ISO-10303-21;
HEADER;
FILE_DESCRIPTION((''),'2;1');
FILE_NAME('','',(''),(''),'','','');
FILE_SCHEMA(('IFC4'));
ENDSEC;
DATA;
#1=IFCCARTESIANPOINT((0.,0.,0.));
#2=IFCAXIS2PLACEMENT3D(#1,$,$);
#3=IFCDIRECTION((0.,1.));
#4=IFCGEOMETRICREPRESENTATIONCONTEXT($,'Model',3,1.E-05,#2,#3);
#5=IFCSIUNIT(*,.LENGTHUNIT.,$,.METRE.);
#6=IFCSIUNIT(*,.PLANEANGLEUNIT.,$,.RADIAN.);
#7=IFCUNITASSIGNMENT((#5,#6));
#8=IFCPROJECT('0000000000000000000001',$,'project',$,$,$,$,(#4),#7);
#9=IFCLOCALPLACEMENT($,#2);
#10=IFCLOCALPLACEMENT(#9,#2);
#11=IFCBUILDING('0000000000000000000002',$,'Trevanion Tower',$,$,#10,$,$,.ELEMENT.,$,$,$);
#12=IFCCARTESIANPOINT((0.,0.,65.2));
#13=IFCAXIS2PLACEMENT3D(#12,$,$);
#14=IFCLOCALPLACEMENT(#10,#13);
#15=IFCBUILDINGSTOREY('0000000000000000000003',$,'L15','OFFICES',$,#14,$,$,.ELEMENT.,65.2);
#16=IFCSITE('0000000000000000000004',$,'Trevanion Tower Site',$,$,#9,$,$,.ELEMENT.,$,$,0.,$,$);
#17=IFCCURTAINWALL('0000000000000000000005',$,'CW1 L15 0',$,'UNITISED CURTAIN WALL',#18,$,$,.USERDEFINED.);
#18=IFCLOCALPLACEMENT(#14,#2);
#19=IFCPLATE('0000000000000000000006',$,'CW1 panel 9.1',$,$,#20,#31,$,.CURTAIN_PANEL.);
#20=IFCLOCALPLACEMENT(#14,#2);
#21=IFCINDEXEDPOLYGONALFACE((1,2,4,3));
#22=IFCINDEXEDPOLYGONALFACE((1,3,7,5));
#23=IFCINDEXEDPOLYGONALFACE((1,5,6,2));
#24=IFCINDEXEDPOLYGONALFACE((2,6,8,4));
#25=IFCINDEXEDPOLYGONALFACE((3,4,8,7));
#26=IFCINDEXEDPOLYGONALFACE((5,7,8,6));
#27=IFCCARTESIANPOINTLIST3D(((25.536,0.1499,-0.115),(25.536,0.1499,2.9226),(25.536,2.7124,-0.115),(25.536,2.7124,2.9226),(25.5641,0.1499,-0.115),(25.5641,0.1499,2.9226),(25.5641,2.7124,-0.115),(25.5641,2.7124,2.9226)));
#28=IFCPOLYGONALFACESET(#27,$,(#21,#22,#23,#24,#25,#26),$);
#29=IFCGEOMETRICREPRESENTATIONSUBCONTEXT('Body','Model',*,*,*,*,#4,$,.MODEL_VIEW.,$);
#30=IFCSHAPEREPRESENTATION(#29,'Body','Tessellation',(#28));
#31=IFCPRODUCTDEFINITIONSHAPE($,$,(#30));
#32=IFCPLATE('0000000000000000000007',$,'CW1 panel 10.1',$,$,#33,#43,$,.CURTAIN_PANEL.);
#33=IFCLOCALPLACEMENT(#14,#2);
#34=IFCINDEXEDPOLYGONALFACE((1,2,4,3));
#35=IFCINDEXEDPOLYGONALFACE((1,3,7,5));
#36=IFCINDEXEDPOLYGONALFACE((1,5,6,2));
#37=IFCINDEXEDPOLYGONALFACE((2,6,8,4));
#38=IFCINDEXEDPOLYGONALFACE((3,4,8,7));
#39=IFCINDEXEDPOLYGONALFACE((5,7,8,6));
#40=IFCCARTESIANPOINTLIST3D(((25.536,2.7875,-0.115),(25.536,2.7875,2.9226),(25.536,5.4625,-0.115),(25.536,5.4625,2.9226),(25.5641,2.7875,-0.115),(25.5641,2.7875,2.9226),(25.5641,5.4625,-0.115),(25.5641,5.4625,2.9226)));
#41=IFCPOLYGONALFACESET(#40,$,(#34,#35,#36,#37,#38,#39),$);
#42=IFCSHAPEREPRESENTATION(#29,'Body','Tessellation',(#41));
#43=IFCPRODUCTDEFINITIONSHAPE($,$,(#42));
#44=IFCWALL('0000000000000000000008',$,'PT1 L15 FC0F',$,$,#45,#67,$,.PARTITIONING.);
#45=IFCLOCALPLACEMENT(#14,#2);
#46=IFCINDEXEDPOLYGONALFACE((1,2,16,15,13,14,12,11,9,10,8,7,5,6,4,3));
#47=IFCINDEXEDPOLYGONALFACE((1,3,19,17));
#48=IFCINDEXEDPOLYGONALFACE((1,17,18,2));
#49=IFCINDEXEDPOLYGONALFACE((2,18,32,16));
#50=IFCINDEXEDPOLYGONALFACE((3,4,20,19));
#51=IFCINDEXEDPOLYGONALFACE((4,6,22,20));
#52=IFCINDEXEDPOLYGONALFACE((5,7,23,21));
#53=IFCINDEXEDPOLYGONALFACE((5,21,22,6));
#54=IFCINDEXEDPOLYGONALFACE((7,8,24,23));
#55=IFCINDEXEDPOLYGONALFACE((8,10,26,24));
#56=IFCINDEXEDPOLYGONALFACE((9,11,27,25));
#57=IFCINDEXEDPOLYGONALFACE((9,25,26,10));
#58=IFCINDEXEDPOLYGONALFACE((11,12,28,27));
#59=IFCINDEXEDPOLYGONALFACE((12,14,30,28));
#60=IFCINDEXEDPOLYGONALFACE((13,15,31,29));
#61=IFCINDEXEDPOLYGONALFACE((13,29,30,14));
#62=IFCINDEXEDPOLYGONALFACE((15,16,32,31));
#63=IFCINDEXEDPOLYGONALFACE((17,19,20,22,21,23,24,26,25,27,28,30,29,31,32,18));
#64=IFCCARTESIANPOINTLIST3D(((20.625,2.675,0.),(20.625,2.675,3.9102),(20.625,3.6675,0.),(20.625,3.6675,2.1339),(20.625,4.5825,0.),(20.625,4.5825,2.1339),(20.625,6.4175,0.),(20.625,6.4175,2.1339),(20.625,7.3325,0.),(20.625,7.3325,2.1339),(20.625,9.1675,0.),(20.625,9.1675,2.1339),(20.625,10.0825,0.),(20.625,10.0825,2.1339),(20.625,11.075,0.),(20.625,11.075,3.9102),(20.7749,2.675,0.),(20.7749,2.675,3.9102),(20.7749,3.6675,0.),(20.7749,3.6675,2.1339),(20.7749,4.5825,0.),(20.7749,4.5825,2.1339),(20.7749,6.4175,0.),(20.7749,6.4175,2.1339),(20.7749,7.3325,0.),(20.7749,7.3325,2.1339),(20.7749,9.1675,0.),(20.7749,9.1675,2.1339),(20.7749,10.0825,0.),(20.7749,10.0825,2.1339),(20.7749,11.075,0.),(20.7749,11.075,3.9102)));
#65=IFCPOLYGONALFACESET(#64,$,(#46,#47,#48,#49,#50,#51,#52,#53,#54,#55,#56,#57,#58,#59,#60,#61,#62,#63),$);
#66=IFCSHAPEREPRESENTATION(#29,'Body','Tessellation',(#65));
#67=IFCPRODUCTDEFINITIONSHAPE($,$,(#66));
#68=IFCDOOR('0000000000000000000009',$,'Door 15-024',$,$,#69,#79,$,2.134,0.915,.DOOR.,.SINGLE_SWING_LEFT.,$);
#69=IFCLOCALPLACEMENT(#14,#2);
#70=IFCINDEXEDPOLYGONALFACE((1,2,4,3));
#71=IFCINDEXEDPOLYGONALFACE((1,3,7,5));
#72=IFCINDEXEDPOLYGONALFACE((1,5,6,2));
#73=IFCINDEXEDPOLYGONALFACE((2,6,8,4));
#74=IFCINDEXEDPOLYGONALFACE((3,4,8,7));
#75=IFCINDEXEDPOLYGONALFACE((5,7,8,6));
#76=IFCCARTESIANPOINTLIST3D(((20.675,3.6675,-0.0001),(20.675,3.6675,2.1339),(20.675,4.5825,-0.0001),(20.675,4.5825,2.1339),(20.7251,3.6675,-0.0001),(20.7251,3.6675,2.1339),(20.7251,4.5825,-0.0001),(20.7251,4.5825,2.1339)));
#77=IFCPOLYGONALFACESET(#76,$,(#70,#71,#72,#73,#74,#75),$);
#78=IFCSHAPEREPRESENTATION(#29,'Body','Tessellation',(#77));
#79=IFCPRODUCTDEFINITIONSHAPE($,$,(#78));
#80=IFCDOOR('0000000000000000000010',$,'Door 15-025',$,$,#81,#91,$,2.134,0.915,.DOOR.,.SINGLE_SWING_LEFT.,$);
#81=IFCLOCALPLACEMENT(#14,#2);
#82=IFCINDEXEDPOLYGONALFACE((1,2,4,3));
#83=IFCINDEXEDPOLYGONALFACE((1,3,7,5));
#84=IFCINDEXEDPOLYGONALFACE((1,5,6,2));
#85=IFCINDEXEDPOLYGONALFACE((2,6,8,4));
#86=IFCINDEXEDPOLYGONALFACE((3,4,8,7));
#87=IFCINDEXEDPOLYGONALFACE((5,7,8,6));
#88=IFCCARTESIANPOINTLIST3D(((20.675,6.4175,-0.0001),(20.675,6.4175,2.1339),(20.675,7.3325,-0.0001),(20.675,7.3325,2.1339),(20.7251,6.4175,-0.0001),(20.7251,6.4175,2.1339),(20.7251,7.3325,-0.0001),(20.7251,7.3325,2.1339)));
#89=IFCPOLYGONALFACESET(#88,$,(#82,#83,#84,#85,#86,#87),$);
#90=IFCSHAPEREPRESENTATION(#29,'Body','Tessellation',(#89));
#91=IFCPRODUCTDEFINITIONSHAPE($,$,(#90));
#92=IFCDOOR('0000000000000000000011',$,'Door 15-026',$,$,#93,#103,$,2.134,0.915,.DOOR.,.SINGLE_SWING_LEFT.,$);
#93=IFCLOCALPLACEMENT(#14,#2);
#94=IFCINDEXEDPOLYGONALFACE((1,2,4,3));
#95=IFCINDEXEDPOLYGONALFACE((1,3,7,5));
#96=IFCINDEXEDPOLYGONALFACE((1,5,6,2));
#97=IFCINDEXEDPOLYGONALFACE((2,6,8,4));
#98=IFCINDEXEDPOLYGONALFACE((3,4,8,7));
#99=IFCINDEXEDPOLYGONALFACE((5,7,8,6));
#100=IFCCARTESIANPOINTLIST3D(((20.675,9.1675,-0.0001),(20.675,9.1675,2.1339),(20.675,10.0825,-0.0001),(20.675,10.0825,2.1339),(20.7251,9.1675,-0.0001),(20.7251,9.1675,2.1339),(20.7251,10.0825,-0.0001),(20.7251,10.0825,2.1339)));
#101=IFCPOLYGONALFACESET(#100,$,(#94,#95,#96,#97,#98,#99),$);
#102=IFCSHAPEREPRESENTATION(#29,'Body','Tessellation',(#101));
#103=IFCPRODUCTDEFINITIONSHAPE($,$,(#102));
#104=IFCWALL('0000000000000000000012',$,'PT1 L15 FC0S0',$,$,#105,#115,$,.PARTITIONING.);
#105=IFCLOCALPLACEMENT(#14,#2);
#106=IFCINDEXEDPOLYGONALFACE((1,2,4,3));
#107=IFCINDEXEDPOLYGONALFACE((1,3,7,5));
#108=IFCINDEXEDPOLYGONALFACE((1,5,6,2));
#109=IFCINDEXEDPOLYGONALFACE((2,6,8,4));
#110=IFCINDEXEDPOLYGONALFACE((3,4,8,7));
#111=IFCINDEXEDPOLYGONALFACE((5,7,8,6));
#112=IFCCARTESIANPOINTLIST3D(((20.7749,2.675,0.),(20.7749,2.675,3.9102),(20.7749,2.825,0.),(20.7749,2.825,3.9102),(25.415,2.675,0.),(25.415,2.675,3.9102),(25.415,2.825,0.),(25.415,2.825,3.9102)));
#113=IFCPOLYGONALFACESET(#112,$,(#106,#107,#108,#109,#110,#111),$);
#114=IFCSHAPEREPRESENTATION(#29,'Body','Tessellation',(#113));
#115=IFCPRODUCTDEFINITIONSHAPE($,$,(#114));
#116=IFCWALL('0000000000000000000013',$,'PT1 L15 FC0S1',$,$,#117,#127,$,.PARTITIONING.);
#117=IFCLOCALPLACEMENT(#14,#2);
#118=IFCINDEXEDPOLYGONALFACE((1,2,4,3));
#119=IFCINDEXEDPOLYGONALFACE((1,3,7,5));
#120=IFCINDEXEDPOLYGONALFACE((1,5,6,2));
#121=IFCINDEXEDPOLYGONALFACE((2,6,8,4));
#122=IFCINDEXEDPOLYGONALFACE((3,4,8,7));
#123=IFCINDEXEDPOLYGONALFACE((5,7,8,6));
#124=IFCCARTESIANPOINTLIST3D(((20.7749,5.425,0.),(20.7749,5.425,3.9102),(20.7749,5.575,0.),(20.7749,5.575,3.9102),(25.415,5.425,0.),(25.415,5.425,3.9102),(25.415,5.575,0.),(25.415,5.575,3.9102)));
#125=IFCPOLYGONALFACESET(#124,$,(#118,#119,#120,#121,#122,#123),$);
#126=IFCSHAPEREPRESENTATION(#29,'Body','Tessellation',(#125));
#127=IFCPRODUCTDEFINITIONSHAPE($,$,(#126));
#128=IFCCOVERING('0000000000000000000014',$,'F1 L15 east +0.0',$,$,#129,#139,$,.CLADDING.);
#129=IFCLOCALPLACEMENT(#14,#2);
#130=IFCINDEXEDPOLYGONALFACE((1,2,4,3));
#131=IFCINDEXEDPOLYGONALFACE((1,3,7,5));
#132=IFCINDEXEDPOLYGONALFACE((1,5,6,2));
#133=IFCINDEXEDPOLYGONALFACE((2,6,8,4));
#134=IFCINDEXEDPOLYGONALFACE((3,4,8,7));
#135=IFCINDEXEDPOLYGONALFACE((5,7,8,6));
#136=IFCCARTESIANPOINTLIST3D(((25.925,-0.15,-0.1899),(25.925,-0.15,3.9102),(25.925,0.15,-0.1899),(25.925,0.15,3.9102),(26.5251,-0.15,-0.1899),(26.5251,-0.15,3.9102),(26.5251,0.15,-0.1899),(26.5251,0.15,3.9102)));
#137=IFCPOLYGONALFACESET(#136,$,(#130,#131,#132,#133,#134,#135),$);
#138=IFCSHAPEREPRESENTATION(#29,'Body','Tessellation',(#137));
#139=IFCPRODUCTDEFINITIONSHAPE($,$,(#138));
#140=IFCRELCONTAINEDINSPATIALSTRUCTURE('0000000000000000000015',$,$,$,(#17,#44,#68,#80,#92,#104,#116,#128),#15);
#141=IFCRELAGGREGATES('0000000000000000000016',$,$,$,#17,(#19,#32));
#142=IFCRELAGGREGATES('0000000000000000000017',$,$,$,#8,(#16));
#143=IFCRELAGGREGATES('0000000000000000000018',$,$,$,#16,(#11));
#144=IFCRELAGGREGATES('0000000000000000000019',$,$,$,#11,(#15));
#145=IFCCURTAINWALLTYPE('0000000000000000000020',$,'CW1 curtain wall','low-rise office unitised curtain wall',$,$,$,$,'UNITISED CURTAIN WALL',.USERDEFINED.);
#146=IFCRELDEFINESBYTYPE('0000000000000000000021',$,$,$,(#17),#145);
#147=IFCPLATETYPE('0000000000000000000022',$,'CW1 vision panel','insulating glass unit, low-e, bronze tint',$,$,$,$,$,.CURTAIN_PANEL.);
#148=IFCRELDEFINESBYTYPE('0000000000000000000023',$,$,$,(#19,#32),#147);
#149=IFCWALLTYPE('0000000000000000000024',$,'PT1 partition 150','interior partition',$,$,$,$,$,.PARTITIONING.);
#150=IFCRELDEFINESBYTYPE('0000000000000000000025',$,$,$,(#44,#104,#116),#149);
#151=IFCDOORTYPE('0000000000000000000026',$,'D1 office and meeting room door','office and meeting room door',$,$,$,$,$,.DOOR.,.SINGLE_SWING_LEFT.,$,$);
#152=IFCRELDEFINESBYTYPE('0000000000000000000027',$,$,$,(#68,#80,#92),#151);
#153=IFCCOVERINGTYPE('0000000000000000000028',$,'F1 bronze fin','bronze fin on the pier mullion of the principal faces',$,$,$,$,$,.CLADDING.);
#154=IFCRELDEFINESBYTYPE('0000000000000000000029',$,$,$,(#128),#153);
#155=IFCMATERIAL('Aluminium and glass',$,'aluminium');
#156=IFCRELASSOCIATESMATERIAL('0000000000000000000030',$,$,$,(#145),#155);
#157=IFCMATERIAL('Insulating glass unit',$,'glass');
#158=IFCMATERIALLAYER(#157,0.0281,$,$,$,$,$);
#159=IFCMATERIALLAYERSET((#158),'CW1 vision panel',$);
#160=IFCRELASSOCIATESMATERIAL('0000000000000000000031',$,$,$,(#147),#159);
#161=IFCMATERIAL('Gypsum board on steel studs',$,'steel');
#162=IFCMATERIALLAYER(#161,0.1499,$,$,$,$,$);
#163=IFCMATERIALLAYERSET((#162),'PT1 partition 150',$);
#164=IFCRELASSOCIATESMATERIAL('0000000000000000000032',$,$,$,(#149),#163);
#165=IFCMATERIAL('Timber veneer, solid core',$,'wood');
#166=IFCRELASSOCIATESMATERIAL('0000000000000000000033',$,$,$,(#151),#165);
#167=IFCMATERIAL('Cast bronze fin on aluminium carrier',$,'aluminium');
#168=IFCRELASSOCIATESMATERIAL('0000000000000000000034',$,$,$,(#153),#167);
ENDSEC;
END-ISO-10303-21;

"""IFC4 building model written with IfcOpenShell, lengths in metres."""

from ifc_helpers import new_model, si_unit, direction, frame, frame_2d, origin, origin_2d, place, context, subcontext, project, spatial, rectangle, extrude, material, layer, layer_set, type_object, element, fill, aggregate, save


model = new_model("IFC4")

# Units and contexts
model_context = context("Model", 3, precision=1e-05, world=origin(), true_north=direction((0.0, 1.0)))
body_context = subcontext(model_context, "Body", "Model", "MODEL_VIEW")
ifc_project = project(units=[si_unit("LENGTHUNIT", "METRE"), si_unit("PLANEANGLEUNIT", "RADIAN")], contexts=[model_context])

# Site, building, storey
site_placement = place(None, origin())
site = spatial("IfcSite", under=ifc_project, at=site_placement, Name="Trevanion Tower Site", CompositionType="ELEMENT", RefElevation=0.0)
building_placement = place(site_placement, origin())
building = spatial("IfcBuilding", under=site, at=building_placement, Name="Trevanion Tower", CompositionType="ELEMENT")
storey_placement = place(building_placement, frame((0.0, 0.0, 65.2)))
storey = spatial("IfcBuildingStorey", under=building, at=storey_placement, Name="L15", Description="OFFICES", CompositionType="ELEMENT", Elevation=65.2)

# Curtain wall
ifc_material_1 = material(Name="Aluminium and glass", Category="aluminium")
curtain_wall_type = type_object("IfcCurtainWallType", Name="CW1 curtain wall", Description="low-rise office unitised curtain wall", ElementType="UNITISED CURTAIN WALL", PredefinedType="USERDEFINED", material=ifc_material_1)
curtain_wall_placement = place(storey_placement, origin())
curtain_wall = element("IfcCurtainWall", 1, at=curtain_wall_placement, inside=storey, type_object=curtain_wall_type, Name="CW1 L15 0", ObjectType="UNITISED CURTAIN WALL", PredefinedType="USERDEFINED")

# Plates
ifc_material_2 = material(Name="Insulating glass unit", Category="glass")
ifc_layer_1 = layer(ifc_material_2, 0.0281)
ifc_layer_set_1 = layer_set([ifc_layer_1], Name="CW1 vision panel")
plate_type_1 = type_object("IfcPlateType", Name="CW1 vision panel", Description="insulating glass unit, low-e, bronze tint", PredefinedType="CURTAIN_PANEL", material=ifc_layer_set_1)
plate_1_placement = place(storey_placement, frame((25.55, 1.4312, -0.115), z_axis=(0.0, 0.0, 1.0), x_axis=(0.0, 1.0, 0.0)))
plate_1 = element("IfcPlate", 2, at=plate_1_placement, type_object=plate_type_1, Name="CW1 panel 9.1", PredefinedType="CURTAIN_PANEL", context=body_context, shape_type="SweptSolid", body=[
    extrude(rectangle(XDim=2.5625, YDim=0.0281, at=origin_2d()), origin(), (0.0, 0.0, 1.0), 3.0376),
])
plate_2_placement = place(storey_placement, frame((25.55, 4.125, -0.115), z_axis=(0.0, 0.0, 1.0), x_axis=(0.0, 1.0, 0.0)))
plate_2 = element("IfcPlate", 3, at=plate_2_placement, type_object=plate_type_1, Name="CW1 panel 10.1", PredefinedType="CURTAIN_PANEL", context=body_context, shape_type="SweptSolid", body=[
    extrude(rectangle(XDim=2.675, YDim=0.0281, at=origin_2d()), origin(), (0.0, 0.0, 1.0), 3.0376),
])
aggregate(curtain_wall, [plate_1, plate_2])

# Wall, openings, doors
ifc_material_3 = material(Name="Gypsum board on steel studs", Category="steel")
ifc_layer_2 = layer(ifc_material_3, 0.1499)
ifc_layer_set_2 = layer_set([ifc_layer_2], Name="PT1 partition 150")
wall_type = type_object("IfcWallType", Name="PT1 partition 150", Description="interior partition", PredefinedType="PARTITIONING", material=ifc_layer_set_2)
wall_placement = place(storey_placement, frame((20.7, 2.675, 0.0), z_axis=(0.0, 0.0, 1.0), x_axis=(0.0, 1.0, 0.0)))
wall = element("IfcWall", 4, at=wall_placement, inside=storey, type_object=wall_type, Name="PT1 L15 FC0F", PredefinedType="PARTITIONING", context=body_context, shape_type="SweptSolid", body=[
    extrude(rectangle(XDim=8.3999, YDim=0.1499, at=frame_2d((4.2, 0.0))), origin(), (0.0, 0.0, 1.0), 3.9102),
])
opening_1_placement = place(wall_placement, frame((0.9924, 0.0, 0.0)))
opening_1 = element("IfcOpeningElement", 5, at=opening_1_placement, cuts=wall, PredefinedType="OPENING", context=body_context, shape_type="SweptSolid", body=[
    extrude(rectangle(XDim=0.915, YDim=2.134, at=frame_2d((0.4575, 1.0669))), frame((0.0, 0.085, 0.0), z_axis=(0.0, -1.0, 0.0), x_axis=(1.0, 0.0, 0.0)), (0.0, 0.0, 1.0), 0.1699),
])
opening_2_placement = place(wall_placement, frame((3.7424, 0.0, 0.0)))
opening_2 = element("IfcOpeningElement", 6, at=opening_2_placement, cuts=wall, PredefinedType="OPENING", context=body_context, shape_type="SweptSolid", body=[
    extrude(rectangle(XDim=0.915, YDim=2.134, at=frame_2d((0.4575, 1.0669))), frame((0.0, 0.085, 0.0), z_axis=(0.0, -1.0, 0.0), x_axis=(1.0, 0.0, 0.0)), (0.0, 0.0, 1.0), 0.1699),
])
opening_3_placement = place(wall_placement, frame((6.4924, 0.0, 0.0)))
opening_3 = element("IfcOpeningElement", 7, at=opening_3_placement, cuts=wall, PredefinedType="OPENING", context=body_context, shape_type="SweptSolid", body=[
    extrude(rectangle(XDim=0.915, YDim=2.134, at=frame_2d((0.4575, 1.0669))), frame((0.0, 0.085, 0.0), z_axis=(0.0, -1.0, 0.0), x_axis=(1.0, 0.0, 0.0)), (0.0, 0.0, 1.0), 0.1699),
])
ifc_material_4 = material(Name="Timber veneer, solid core", Category="wood")
door_type = type_object("IfcDoorType", Name="D1 office and meeting room door", Description="office and meeting room door", OperationType="SINGLE_SWING_LEFT", PredefinedType="DOOR", material=ifc_material_4)
door_1_placement = place(opening_1_placement, origin())
door_1 = element("IfcDoor", 8, at=door_1_placement, inside=storey, type_object=door_type, Name="Door 15-024", OperationType="SINGLE_SWING_LEFT", OverallHeight=2.134, OverallWidth=0.915, PredefinedType="DOOR", context=body_context, shape_type="SweptSolid", body=[
    extrude(rectangle(XDim=0.915, YDim=2.134, at=frame_2d((0.4575, 1.0669))), frame((0.0, 0.0249, 0.0), z_axis=(0.0, -1.0, 0.0), x_axis=(1.0, 0.0, 0.0)), (0.0, 0.0, 1.0), 0.05),
])
fill(opening_1, door_1)
door_2_placement = place(opening_2_placement, origin())
door_2 = element("IfcDoor", 9, at=door_2_placement, inside=storey, type_object=door_type, Name="Door 15-025", OperationType="SINGLE_SWING_LEFT", OverallHeight=2.134, OverallWidth=0.915, PredefinedType="DOOR", context=body_context, shape_type="SweptSolid", body=[
    extrude(rectangle(XDim=0.915, YDim=2.134, at=frame_2d((0.4575, 1.0669))), frame((0.0, 0.0249, 0.0), z_axis=(0.0, -1.0, 0.0), x_axis=(1.0, 0.0, 0.0)), (0.0, 0.0, 1.0), 0.05),
])
fill(opening_2, door_2)
door_3_placement = place(opening_3_placement, origin())
door_3 = element("IfcDoor", 10, at=door_3_placement, inside=storey, type_object=door_type, Name="Door 15-026", OperationType="SINGLE_SWING_LEFT", OverallHeight=2.134, OverallWidth=0.915, PredefinedType="DOOR", context=body_context, shape_type="SweptSolid", body=[
    extrude(rectangle(XDim=0.915, YDim=2.134, at=frame_2d((0.4575, 1.0669))), frame((0.0, 0.0249, 0.0), z_axis=(0.0, -1.0, 0.0), x_axis=(1.0, 0.0, 0.0)), (0.0, 0.0, 1.0), 0.05),
])
fill(opening_3, door_3)

# Walls
for number, where, z_axis, x_axis, name in (
    (11, (20.7749, 2.75, 0.0), (0.0, 0.0, 1.0), (1.0, 0.0, 0.0), "PT1 L15 FC0S0"),
    (12, (20.7749, 5.5, 0.0), (0.0, 0.0, 1.0), (1.0, 0.0, 0.0), "PT1 L15 FC0S1"),
):
    element("IfcWall", number, at=place(storey_placement, frame(where, z_axis=z_axis, x_axis=x_axis)), inside=storey, type_object=wall_type, Name=name, PredefinedType="PARTITIONING", context=body_context, shape_type="SweptSolid", body=[
        extrude(rectangle(XDim=4.6401, YDim=0.1499, at=frame_2d((2.3201, 0.0))), origin(), (0.0, 0.0, 1.0), 3.9102),
    ])

# Covering
ifc_material_5 = material(Name="Cast bronze fin on aluminium carrier", Category="aluminium")
covering_type = type_object("IfcCoveringType", Name="F1 bronze fin", Description="bronze fin on the pier mullion of the principal faces", PredefinedType="CLADDING", material=ifc_material_5)
covering_placement = place(storey_placement, frame((26.2251, 0.0, -0.1899), z_axis=(0.0, 0.0, 1.0), x_axis=(0.0, 1.0, 0.0)))
element("IfcCovering", 13, at=covering_placement, inside=storey, type_object=covering_type, Name="F1 L15 east +0.0", PredefinedType="CLADDING", context=body_context, shape_type="SweptSolid", body=[
    extrude(rectangle(XDim=0.3, YDim=0.6001, at=origin_2d()), origin(), (0.0, 0.0, 1.0), 4.1001),
])

save(model, "model.ifc")
